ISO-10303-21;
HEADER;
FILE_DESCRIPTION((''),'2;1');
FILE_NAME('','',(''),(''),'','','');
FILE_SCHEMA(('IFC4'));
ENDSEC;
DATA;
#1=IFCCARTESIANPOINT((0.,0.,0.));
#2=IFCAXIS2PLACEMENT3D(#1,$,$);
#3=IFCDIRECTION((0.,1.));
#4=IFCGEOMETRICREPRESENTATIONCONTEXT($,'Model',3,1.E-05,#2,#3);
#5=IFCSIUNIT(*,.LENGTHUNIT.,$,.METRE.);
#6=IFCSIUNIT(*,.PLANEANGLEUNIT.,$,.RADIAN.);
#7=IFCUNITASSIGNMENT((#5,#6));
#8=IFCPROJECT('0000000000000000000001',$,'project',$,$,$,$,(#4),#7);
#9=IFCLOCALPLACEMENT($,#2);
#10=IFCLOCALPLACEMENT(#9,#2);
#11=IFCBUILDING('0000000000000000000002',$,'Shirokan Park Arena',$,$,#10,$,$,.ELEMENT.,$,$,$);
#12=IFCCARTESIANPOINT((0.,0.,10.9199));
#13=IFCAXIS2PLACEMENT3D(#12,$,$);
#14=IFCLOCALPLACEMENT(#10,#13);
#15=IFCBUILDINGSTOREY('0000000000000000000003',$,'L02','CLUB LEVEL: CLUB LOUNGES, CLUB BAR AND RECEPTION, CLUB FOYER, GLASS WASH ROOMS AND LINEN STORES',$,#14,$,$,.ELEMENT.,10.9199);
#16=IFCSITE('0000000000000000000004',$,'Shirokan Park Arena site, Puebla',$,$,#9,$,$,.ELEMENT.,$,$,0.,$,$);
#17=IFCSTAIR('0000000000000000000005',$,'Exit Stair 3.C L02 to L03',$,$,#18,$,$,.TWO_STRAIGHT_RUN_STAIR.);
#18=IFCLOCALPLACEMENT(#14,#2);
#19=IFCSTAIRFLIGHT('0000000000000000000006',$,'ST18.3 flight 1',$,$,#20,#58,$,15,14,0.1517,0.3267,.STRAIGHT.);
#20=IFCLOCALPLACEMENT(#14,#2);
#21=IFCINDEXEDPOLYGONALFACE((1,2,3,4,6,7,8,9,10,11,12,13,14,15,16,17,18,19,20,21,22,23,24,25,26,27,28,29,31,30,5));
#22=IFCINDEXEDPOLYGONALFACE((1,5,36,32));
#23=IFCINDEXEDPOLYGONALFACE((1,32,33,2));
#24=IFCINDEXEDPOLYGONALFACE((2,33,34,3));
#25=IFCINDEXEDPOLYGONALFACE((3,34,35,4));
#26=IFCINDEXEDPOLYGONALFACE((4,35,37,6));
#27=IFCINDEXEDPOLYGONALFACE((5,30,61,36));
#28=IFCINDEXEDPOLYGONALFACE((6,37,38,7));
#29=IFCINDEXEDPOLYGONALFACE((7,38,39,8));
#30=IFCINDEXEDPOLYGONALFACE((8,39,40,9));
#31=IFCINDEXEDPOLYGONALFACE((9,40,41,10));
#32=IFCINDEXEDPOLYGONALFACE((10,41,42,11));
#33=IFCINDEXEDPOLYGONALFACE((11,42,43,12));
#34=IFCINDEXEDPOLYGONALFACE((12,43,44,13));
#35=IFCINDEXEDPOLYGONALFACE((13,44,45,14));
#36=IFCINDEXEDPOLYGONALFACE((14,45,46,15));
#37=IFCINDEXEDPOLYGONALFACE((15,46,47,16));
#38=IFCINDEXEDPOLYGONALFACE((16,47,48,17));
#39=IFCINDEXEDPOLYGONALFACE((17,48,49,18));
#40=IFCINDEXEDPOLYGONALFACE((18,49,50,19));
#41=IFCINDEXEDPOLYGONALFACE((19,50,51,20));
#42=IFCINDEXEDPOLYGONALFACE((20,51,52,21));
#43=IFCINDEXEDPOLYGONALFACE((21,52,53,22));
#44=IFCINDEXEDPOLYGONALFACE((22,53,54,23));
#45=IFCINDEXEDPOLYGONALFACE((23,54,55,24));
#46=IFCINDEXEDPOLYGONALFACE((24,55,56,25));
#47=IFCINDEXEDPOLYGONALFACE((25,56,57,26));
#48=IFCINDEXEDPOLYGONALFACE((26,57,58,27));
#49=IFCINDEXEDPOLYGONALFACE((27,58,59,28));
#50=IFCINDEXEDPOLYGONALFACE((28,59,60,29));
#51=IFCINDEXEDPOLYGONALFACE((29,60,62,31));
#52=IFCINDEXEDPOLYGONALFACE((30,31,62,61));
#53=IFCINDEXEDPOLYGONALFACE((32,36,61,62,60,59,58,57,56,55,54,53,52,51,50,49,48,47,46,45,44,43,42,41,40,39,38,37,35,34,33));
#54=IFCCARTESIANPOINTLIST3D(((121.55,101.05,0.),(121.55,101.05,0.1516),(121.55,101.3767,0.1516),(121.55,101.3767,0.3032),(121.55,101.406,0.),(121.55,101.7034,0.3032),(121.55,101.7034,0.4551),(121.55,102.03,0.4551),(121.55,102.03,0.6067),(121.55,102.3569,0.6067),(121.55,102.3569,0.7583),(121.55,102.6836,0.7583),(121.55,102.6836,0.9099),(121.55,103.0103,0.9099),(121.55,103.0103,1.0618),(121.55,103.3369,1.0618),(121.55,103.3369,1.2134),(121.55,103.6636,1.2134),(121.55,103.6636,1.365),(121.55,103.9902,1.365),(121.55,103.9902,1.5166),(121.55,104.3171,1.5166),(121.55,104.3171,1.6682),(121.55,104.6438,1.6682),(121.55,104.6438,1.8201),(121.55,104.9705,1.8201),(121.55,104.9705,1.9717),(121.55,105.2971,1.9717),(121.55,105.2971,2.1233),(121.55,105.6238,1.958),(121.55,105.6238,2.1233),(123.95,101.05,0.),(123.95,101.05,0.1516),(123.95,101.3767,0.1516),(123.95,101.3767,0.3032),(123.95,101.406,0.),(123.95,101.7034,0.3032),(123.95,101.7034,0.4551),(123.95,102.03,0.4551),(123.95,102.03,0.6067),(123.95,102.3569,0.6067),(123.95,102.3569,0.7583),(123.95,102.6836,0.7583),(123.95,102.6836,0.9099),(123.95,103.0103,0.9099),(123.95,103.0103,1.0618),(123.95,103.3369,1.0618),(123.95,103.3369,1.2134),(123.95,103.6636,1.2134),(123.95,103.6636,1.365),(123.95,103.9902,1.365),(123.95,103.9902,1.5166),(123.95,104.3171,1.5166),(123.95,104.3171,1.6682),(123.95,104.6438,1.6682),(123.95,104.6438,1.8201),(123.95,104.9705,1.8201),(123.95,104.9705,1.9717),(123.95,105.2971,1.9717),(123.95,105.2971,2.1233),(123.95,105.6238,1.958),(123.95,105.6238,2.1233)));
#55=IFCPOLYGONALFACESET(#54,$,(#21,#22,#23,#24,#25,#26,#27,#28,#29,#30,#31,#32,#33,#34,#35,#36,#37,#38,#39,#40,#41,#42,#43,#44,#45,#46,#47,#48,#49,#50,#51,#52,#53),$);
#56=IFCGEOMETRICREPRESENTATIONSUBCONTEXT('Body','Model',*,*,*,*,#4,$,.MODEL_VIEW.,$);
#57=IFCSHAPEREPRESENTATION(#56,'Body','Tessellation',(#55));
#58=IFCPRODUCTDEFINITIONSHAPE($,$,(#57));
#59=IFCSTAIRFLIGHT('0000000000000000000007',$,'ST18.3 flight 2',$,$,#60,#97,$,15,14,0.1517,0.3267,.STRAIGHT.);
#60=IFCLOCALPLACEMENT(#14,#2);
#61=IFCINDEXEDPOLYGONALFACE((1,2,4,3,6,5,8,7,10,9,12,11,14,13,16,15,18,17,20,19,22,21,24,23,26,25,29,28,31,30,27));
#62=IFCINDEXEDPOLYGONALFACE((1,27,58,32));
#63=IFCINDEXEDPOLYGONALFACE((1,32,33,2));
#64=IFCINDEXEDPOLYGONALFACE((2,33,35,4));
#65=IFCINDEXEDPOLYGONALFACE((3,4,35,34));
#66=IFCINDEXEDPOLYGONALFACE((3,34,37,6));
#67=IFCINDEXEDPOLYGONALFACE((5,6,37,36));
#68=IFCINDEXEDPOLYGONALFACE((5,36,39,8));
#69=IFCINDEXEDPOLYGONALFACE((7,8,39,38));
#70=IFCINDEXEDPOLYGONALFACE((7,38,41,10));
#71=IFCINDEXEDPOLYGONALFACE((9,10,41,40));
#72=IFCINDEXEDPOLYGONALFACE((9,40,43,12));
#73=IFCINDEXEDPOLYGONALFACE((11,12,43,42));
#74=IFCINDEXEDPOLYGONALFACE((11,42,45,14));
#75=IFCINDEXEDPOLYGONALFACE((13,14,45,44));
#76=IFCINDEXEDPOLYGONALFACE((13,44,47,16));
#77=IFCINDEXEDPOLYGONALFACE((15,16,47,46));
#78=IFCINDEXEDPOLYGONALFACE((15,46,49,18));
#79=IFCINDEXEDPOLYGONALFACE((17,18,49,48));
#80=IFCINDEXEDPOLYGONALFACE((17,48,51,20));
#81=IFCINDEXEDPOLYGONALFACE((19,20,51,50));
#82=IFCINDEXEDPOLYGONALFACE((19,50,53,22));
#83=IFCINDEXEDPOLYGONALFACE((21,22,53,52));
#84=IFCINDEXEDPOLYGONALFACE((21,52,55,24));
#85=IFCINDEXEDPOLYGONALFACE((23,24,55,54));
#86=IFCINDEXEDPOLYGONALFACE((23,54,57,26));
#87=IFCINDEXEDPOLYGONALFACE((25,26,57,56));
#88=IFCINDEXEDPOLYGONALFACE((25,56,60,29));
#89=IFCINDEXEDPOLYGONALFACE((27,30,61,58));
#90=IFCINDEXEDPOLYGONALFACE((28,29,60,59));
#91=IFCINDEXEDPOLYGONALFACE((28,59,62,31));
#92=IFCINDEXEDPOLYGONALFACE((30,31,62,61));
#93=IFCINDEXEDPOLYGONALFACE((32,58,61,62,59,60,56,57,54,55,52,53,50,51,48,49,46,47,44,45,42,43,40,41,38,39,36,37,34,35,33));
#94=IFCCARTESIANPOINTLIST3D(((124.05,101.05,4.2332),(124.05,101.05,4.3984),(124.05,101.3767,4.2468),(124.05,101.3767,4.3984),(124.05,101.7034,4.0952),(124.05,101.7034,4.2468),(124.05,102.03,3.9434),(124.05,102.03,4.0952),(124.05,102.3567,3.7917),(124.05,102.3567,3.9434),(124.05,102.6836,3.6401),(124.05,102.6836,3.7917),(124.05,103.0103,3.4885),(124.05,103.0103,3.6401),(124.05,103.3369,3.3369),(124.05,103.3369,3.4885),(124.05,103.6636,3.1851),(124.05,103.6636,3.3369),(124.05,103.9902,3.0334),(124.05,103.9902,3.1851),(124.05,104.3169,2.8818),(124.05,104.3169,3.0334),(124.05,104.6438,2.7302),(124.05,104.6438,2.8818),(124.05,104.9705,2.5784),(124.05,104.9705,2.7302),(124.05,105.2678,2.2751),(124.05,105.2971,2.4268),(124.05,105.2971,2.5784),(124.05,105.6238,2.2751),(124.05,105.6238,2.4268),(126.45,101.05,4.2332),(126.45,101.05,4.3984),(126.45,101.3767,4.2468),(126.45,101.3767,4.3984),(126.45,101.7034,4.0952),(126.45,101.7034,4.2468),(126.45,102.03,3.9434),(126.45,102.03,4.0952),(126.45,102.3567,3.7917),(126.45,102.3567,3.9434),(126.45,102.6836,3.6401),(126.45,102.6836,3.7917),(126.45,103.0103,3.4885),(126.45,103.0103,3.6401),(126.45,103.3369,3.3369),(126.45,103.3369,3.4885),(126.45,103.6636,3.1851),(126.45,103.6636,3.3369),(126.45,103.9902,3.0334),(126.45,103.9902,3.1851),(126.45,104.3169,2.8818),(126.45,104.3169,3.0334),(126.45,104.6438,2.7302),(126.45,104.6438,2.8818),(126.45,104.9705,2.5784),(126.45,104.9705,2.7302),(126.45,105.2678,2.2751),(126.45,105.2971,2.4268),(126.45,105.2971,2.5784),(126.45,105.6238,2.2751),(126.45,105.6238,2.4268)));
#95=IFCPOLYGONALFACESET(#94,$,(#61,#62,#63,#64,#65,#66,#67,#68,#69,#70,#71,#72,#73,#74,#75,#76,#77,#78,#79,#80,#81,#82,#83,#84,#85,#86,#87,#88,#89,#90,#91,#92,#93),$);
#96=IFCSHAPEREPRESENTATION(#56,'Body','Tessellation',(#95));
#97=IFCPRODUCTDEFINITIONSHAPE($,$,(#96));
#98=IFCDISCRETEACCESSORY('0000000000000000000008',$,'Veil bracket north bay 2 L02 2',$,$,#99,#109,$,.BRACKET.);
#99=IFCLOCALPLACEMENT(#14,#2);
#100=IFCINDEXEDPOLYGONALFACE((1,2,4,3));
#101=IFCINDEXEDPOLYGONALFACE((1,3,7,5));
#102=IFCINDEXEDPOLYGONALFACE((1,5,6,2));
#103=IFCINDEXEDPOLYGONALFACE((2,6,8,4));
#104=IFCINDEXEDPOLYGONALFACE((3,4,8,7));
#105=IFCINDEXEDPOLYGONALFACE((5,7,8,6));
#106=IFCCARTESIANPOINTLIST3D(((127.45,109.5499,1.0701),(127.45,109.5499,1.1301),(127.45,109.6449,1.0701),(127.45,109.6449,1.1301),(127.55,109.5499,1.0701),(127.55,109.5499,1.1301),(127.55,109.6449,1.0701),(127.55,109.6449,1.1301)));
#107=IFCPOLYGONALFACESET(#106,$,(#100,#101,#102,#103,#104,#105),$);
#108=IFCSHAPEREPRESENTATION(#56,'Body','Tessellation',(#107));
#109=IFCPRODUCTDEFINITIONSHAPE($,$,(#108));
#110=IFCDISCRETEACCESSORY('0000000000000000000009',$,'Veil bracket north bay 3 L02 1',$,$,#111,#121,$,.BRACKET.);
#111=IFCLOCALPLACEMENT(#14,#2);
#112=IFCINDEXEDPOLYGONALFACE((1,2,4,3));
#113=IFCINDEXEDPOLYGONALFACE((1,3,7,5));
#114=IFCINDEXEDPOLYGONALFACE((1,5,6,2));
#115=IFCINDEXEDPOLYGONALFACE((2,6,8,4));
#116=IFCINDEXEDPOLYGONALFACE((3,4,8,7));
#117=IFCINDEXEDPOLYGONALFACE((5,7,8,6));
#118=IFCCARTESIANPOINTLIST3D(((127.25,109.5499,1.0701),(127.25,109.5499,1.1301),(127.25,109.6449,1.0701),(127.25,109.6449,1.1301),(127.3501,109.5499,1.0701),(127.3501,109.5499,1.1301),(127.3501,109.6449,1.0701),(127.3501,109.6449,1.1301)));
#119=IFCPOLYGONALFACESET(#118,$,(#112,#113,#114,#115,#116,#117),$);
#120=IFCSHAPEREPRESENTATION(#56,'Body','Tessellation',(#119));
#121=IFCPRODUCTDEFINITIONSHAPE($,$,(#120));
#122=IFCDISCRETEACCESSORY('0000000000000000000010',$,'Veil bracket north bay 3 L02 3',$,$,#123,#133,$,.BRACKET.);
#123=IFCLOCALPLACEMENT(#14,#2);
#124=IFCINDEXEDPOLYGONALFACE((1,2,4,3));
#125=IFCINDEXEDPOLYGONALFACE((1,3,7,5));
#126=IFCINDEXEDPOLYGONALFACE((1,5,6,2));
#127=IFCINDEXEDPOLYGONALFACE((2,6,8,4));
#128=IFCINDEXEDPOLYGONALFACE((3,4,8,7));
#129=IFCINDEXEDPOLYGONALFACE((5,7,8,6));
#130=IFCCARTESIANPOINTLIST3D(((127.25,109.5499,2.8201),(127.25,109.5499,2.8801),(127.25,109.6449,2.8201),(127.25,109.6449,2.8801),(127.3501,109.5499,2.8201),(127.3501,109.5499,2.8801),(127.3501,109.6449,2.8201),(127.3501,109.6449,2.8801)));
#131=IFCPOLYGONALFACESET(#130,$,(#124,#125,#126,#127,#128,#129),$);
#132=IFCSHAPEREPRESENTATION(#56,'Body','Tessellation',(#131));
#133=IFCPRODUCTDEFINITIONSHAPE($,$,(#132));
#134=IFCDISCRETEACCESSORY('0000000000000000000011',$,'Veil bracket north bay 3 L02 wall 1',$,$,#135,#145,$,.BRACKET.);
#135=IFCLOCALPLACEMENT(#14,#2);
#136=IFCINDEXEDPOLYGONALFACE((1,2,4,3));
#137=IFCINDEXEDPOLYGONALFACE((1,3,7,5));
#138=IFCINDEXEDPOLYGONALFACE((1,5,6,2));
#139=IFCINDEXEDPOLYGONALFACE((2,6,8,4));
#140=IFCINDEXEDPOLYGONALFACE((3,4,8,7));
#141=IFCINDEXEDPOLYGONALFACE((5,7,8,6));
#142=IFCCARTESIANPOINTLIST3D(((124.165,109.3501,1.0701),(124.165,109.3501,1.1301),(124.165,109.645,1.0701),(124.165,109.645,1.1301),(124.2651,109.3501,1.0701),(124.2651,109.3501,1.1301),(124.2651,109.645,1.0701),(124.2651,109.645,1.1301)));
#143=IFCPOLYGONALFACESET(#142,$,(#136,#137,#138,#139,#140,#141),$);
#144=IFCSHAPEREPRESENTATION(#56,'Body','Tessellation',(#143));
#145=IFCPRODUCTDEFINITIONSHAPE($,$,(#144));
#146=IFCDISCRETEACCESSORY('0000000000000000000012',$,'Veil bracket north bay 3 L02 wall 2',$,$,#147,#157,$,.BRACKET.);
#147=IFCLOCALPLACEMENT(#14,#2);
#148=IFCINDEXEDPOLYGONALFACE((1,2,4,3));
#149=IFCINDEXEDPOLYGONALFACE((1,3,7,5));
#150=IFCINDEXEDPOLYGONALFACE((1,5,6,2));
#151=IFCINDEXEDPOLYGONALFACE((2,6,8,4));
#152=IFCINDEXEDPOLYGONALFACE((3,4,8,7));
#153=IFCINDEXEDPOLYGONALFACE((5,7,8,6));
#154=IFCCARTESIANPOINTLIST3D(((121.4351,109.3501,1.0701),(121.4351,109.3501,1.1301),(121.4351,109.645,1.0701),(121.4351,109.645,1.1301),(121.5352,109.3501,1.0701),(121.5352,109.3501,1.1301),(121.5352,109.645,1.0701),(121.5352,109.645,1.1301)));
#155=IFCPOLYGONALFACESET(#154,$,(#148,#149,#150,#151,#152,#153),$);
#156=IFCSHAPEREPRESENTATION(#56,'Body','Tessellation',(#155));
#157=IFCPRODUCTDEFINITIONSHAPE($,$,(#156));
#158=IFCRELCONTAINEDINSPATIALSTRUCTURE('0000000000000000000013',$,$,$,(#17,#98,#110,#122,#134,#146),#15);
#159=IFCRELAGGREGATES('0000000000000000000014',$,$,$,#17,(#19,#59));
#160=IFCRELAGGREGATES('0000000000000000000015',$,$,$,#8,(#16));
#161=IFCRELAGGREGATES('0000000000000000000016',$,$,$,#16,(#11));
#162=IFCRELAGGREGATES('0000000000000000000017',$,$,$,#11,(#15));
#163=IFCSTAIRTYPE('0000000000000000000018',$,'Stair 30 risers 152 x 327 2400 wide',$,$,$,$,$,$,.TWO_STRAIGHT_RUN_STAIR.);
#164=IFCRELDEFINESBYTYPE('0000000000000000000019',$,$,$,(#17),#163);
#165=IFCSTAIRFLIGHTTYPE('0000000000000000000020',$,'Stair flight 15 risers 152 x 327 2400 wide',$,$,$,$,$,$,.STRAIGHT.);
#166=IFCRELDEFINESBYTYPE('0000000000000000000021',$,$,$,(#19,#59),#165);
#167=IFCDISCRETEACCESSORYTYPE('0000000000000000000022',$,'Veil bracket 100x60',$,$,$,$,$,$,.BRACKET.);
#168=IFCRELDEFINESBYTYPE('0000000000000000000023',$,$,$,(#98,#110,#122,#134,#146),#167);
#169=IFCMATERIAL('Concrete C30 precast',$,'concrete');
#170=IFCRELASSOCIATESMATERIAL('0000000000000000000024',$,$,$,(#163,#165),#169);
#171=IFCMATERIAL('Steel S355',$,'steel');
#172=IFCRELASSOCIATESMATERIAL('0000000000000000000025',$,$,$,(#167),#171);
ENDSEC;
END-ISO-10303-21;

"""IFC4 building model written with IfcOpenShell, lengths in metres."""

from ifc_helpers import new_model, si_unit, direction, frame, origin, origin_2d, place, context, subcontext, project, spatial, polyline, rectangle, outline, extrude, material, type_object, element, aggregate, save


model = new_model("IFC4")

# Units and contexts
model_context = context("Model", 3, precision=1e-05, world=origin(), true_north=direction((0.0, 1.0)))
body_context = subcontext(model_context, "Body", "Model", "MODEL_VIEW")
ifc_project = project(units=[si_unit("LENGTHUNIT", "METRE"), si_unit("PLANEANGLEUNIT", "RADIAN")], contexts=[model_context])

# Site, building, storey
site_placement = place(None, origin())
site = spatial("IfcSite", under=ifc_project, at=site_placement, Name="Shirokan Park Arena site, Puebla", CompositionType="ELEMENT", RefElevation=0.0)
building_placement = place(site_placement, origin())
building = spatial("IfcBuilding", under=site, at=building_placement, Name="Shirokan Park Arena", CompositionType="ELEMENT")
storey_placement = place(building_placement, frame((0.0, 0.0, 10.9199)))
storey = spatial("IfcBuildingStorey", under=building, at=storey_placement, Name="L02", Description="CLUB LEVEL: CLUB LOUNGES, CLUB BAR AND RECEPTION, CLUB FOYER, GLASS WASH ROOMS AND LINEN STORES", CompositionType="ELEMENT", Elevation=10.9199)

# Shared definitions
ifc_material_1 = material(Name="Steel S355", Category="steel")

# Stair, stair flights
ifc_material_2 = material(Name="Concrete C30 precast", Category="concrete")
stair_type = type_object("IfcStairType", Name="Stair 30 risers 152 x 327 2400 wide", PredefinedType="TWO_STRAIGHT_RUN_STAIR", material=ifc_material_2)
stair_placement = place(storey_placement, origin())
stair = element("IfcStair", 1, at=stair_placement, inside=storey, type_object=stair_type, Name="Exit Stair 3.C L02 to L03", PredefinedType="TWO_STRAIGHT_RUN_STAIR")
stair_flight_type = type_object("IfcStairFlightType", Name="Stair flight 15 risers 152 x 327 2400 wide", PredefinedType="STRAIGHT", material=ifc_material_2)
stair_flight_1_placement = place(storey_placement, frame((122.75, 101.05, 0.0), z_axis=(0.0, 0.0, 1.0), x_axis=(0.0, 1.0, 0.0)))
stair_flight_1 = element("IfcStairFlight", 2, at=stair_flight_1_placement, type_object=stair_flight_type, Name="ST18.3 flight 1", NumberOfRisers=15, NumberOfTreads=14, PredefinedType="STRAIGHT", RiserHeight=0.1517, TreadLength=0.3267, context=body_context, shape_type="SweptSolid", body=[
    extrude(outline(polyline([(0.0, 0.0), (0.0, 0.1516), (0.3267, 0.1516), (0.3267, 0.3032), (0.6533, 0.3032), (0.6533, 0.4551), (0.98, 0.4551), (0.98, 0.6067), (1.3069, 0.6067), (1.3069, 0.7583), (1.6335, 0.7583), (1.6335, 0.9099), (1.9602, 0.9099), (1.9602, 1.0618), (2.2869, 1.0618), (2.2869, 1.2134), (2.6135, 1.2134), (2.6135, 1.365), (2.9402, 1.365), (2.9402, 1.5166), (3.2671, 1.5166), (3.2671, 1.6682), (3.5938, 1.6682), (3.5938, 1.8201), (3.9204, 1.8201), (3.9204, 1.9717), (4.2471, 1.9717), (4.2471, 2.1233), (4.5737, 2.1233), (4.5737, 2.2749), (4.5737, 1.958), (0.356, 0.0), (0.0, 0.0)])), frame((0.0, 1.2, 0.0), z_axis=(0.0, -1.0, 0.0), x_axis=(1.0, 0.0, 0.0)), (0.0, 0.0, 1.0), 2.3999),
])
stair_flight_2_placement = place(storey_placement, frame((125.25, 105.6238, 2.2751), z_axis=(0.0, 0.0, 1.0), x_axis=(0.0, -1.0, 0.0)))
stair_flight_2 = element("IfcStairFlight", 3, at=stair_flight_2_placement, type_object=stair_flight_type, Name="ST18.3 flight 2", NumberOfRisers=15, NumberOfTreads=14, PredefinedType="STRAIGHT", RiserHeight=0.1517, TreadLength=0.3267, context=body_context, shape_type="SweptSolid", body=[
    extrude(outline(polyline([(0.0, 0.0), (0.0, 0.1516), (0.3267, 0.1516), (0.3267, 0.3032), (0.6533, 0.3032), (0.6533, 0.4551), (0.98, 0.4551), (0.98, 0.6067), (1.3069, 0.6067), (1.3069, 0.7583), (1.6335, 0.7583), (1.6335, 0.9099), (1.9602, 0.9099), (1.9602, 1.0618), (2.2869, 1.0618), (2.2869, 1.2134), (2.6135, 1.2134), (2.6135, 1.365), (2.9402, 1.365), (2.9402, 1.5166), (3.2671, 1.5166), (3.2671, 1.6682), (3.5938, 1.6682), (3.5938, 1.8201), (3.9204, 1.8201), (3.9204, 1.9717), (4.2471, 1.9717), (4.2471, 2.1233), (4.5737, 2.1233), (4.5737, 2.2749), (4.5737, 1.958), (0.356, 0.0), (0.0, 0.0)])), frame((0.0, 1.2, 0.0), z_axis=(0.0, -1.0, 0.0), x_axis=(1.0, 0.0, 0.0)), (0.0, 0.0, 1.0), 2.3999),
])
aggregate(stair, [stair_flight_1, stair_flight_2])

# Discrete accessories
discrete_accessory_type = type_object("IfcDiscreteAccessoryType", Name="Veil bracket 100x60", PredefinedType="BRACKET", material=ifc_material_1)
for number, where, z_axis, x_axis, name in (
    (4, (127.5, 109.5974, 1.0701), (0.0, 0.0, 1.0), (-1.0, 0.0, 0.0), "Veil bracket north bay 2 L02 2"),
    (5, (127.3, 109.5974, 1.0701), (0.0, 0.0, 1.0), (-1.0, 0.0, 0.0), "Veil bracket north bay 3 L02 1"),
    (6, (127.3, 109.5974, 2.8201), (0.0, 0.0, 1.0), (-1.0, 0.0, 0.0), "Veil bracket north bay 3 L02 3"),
):
    element("IfcDiscreteAccessory", number, at=place(storey_placement, frame(where, z_axis=z_axis, x_axis=x_axis)), inside=storey, type_object=discrete_accessory_type, Name=name, PredefinedType="BRACKET", context=body_context, shape_type="SweptSolid", body=[
        extrude(rectangle(XDim=0.1001, YDim=0.095, at=origin_2d()), origin(), (0.0, 0.0, 1.0), 0.0601),
    ])
for number, where, z_axis, x_axis, name in (
    (7, (124.2151, 109.4976, 1.0701), (0.0, 0.0, 1.0), (-1.0, 0.0, 0.0), "Veil bracket north bay 3 L02 wall 1"),
    (8, (121.4851, 109.4976, 1.0701), (0.0, 0.0, 1.0), (-1.0, 0.0, 0.0), "Veil bracket north bay 3 L02 wall 2"),
):
    element("IfcDiscreteAccessory", number, at=place(storey_placement, frame(where, z_axis=z_axis, x_axis=x_axis)), inside=storey, type_object=discrete_accessory_type, Name=name, PredefinedType="BRACKET", context=body_context, shape_type="SweptSolid", body=[
        extrude(rectangle(XDim=0.1001, YDim=0.2949, at=origin_2d()), origin(), (0.0, 0.0, 1.0), 0.0601),
    ])

save(model, "model.ifc")
